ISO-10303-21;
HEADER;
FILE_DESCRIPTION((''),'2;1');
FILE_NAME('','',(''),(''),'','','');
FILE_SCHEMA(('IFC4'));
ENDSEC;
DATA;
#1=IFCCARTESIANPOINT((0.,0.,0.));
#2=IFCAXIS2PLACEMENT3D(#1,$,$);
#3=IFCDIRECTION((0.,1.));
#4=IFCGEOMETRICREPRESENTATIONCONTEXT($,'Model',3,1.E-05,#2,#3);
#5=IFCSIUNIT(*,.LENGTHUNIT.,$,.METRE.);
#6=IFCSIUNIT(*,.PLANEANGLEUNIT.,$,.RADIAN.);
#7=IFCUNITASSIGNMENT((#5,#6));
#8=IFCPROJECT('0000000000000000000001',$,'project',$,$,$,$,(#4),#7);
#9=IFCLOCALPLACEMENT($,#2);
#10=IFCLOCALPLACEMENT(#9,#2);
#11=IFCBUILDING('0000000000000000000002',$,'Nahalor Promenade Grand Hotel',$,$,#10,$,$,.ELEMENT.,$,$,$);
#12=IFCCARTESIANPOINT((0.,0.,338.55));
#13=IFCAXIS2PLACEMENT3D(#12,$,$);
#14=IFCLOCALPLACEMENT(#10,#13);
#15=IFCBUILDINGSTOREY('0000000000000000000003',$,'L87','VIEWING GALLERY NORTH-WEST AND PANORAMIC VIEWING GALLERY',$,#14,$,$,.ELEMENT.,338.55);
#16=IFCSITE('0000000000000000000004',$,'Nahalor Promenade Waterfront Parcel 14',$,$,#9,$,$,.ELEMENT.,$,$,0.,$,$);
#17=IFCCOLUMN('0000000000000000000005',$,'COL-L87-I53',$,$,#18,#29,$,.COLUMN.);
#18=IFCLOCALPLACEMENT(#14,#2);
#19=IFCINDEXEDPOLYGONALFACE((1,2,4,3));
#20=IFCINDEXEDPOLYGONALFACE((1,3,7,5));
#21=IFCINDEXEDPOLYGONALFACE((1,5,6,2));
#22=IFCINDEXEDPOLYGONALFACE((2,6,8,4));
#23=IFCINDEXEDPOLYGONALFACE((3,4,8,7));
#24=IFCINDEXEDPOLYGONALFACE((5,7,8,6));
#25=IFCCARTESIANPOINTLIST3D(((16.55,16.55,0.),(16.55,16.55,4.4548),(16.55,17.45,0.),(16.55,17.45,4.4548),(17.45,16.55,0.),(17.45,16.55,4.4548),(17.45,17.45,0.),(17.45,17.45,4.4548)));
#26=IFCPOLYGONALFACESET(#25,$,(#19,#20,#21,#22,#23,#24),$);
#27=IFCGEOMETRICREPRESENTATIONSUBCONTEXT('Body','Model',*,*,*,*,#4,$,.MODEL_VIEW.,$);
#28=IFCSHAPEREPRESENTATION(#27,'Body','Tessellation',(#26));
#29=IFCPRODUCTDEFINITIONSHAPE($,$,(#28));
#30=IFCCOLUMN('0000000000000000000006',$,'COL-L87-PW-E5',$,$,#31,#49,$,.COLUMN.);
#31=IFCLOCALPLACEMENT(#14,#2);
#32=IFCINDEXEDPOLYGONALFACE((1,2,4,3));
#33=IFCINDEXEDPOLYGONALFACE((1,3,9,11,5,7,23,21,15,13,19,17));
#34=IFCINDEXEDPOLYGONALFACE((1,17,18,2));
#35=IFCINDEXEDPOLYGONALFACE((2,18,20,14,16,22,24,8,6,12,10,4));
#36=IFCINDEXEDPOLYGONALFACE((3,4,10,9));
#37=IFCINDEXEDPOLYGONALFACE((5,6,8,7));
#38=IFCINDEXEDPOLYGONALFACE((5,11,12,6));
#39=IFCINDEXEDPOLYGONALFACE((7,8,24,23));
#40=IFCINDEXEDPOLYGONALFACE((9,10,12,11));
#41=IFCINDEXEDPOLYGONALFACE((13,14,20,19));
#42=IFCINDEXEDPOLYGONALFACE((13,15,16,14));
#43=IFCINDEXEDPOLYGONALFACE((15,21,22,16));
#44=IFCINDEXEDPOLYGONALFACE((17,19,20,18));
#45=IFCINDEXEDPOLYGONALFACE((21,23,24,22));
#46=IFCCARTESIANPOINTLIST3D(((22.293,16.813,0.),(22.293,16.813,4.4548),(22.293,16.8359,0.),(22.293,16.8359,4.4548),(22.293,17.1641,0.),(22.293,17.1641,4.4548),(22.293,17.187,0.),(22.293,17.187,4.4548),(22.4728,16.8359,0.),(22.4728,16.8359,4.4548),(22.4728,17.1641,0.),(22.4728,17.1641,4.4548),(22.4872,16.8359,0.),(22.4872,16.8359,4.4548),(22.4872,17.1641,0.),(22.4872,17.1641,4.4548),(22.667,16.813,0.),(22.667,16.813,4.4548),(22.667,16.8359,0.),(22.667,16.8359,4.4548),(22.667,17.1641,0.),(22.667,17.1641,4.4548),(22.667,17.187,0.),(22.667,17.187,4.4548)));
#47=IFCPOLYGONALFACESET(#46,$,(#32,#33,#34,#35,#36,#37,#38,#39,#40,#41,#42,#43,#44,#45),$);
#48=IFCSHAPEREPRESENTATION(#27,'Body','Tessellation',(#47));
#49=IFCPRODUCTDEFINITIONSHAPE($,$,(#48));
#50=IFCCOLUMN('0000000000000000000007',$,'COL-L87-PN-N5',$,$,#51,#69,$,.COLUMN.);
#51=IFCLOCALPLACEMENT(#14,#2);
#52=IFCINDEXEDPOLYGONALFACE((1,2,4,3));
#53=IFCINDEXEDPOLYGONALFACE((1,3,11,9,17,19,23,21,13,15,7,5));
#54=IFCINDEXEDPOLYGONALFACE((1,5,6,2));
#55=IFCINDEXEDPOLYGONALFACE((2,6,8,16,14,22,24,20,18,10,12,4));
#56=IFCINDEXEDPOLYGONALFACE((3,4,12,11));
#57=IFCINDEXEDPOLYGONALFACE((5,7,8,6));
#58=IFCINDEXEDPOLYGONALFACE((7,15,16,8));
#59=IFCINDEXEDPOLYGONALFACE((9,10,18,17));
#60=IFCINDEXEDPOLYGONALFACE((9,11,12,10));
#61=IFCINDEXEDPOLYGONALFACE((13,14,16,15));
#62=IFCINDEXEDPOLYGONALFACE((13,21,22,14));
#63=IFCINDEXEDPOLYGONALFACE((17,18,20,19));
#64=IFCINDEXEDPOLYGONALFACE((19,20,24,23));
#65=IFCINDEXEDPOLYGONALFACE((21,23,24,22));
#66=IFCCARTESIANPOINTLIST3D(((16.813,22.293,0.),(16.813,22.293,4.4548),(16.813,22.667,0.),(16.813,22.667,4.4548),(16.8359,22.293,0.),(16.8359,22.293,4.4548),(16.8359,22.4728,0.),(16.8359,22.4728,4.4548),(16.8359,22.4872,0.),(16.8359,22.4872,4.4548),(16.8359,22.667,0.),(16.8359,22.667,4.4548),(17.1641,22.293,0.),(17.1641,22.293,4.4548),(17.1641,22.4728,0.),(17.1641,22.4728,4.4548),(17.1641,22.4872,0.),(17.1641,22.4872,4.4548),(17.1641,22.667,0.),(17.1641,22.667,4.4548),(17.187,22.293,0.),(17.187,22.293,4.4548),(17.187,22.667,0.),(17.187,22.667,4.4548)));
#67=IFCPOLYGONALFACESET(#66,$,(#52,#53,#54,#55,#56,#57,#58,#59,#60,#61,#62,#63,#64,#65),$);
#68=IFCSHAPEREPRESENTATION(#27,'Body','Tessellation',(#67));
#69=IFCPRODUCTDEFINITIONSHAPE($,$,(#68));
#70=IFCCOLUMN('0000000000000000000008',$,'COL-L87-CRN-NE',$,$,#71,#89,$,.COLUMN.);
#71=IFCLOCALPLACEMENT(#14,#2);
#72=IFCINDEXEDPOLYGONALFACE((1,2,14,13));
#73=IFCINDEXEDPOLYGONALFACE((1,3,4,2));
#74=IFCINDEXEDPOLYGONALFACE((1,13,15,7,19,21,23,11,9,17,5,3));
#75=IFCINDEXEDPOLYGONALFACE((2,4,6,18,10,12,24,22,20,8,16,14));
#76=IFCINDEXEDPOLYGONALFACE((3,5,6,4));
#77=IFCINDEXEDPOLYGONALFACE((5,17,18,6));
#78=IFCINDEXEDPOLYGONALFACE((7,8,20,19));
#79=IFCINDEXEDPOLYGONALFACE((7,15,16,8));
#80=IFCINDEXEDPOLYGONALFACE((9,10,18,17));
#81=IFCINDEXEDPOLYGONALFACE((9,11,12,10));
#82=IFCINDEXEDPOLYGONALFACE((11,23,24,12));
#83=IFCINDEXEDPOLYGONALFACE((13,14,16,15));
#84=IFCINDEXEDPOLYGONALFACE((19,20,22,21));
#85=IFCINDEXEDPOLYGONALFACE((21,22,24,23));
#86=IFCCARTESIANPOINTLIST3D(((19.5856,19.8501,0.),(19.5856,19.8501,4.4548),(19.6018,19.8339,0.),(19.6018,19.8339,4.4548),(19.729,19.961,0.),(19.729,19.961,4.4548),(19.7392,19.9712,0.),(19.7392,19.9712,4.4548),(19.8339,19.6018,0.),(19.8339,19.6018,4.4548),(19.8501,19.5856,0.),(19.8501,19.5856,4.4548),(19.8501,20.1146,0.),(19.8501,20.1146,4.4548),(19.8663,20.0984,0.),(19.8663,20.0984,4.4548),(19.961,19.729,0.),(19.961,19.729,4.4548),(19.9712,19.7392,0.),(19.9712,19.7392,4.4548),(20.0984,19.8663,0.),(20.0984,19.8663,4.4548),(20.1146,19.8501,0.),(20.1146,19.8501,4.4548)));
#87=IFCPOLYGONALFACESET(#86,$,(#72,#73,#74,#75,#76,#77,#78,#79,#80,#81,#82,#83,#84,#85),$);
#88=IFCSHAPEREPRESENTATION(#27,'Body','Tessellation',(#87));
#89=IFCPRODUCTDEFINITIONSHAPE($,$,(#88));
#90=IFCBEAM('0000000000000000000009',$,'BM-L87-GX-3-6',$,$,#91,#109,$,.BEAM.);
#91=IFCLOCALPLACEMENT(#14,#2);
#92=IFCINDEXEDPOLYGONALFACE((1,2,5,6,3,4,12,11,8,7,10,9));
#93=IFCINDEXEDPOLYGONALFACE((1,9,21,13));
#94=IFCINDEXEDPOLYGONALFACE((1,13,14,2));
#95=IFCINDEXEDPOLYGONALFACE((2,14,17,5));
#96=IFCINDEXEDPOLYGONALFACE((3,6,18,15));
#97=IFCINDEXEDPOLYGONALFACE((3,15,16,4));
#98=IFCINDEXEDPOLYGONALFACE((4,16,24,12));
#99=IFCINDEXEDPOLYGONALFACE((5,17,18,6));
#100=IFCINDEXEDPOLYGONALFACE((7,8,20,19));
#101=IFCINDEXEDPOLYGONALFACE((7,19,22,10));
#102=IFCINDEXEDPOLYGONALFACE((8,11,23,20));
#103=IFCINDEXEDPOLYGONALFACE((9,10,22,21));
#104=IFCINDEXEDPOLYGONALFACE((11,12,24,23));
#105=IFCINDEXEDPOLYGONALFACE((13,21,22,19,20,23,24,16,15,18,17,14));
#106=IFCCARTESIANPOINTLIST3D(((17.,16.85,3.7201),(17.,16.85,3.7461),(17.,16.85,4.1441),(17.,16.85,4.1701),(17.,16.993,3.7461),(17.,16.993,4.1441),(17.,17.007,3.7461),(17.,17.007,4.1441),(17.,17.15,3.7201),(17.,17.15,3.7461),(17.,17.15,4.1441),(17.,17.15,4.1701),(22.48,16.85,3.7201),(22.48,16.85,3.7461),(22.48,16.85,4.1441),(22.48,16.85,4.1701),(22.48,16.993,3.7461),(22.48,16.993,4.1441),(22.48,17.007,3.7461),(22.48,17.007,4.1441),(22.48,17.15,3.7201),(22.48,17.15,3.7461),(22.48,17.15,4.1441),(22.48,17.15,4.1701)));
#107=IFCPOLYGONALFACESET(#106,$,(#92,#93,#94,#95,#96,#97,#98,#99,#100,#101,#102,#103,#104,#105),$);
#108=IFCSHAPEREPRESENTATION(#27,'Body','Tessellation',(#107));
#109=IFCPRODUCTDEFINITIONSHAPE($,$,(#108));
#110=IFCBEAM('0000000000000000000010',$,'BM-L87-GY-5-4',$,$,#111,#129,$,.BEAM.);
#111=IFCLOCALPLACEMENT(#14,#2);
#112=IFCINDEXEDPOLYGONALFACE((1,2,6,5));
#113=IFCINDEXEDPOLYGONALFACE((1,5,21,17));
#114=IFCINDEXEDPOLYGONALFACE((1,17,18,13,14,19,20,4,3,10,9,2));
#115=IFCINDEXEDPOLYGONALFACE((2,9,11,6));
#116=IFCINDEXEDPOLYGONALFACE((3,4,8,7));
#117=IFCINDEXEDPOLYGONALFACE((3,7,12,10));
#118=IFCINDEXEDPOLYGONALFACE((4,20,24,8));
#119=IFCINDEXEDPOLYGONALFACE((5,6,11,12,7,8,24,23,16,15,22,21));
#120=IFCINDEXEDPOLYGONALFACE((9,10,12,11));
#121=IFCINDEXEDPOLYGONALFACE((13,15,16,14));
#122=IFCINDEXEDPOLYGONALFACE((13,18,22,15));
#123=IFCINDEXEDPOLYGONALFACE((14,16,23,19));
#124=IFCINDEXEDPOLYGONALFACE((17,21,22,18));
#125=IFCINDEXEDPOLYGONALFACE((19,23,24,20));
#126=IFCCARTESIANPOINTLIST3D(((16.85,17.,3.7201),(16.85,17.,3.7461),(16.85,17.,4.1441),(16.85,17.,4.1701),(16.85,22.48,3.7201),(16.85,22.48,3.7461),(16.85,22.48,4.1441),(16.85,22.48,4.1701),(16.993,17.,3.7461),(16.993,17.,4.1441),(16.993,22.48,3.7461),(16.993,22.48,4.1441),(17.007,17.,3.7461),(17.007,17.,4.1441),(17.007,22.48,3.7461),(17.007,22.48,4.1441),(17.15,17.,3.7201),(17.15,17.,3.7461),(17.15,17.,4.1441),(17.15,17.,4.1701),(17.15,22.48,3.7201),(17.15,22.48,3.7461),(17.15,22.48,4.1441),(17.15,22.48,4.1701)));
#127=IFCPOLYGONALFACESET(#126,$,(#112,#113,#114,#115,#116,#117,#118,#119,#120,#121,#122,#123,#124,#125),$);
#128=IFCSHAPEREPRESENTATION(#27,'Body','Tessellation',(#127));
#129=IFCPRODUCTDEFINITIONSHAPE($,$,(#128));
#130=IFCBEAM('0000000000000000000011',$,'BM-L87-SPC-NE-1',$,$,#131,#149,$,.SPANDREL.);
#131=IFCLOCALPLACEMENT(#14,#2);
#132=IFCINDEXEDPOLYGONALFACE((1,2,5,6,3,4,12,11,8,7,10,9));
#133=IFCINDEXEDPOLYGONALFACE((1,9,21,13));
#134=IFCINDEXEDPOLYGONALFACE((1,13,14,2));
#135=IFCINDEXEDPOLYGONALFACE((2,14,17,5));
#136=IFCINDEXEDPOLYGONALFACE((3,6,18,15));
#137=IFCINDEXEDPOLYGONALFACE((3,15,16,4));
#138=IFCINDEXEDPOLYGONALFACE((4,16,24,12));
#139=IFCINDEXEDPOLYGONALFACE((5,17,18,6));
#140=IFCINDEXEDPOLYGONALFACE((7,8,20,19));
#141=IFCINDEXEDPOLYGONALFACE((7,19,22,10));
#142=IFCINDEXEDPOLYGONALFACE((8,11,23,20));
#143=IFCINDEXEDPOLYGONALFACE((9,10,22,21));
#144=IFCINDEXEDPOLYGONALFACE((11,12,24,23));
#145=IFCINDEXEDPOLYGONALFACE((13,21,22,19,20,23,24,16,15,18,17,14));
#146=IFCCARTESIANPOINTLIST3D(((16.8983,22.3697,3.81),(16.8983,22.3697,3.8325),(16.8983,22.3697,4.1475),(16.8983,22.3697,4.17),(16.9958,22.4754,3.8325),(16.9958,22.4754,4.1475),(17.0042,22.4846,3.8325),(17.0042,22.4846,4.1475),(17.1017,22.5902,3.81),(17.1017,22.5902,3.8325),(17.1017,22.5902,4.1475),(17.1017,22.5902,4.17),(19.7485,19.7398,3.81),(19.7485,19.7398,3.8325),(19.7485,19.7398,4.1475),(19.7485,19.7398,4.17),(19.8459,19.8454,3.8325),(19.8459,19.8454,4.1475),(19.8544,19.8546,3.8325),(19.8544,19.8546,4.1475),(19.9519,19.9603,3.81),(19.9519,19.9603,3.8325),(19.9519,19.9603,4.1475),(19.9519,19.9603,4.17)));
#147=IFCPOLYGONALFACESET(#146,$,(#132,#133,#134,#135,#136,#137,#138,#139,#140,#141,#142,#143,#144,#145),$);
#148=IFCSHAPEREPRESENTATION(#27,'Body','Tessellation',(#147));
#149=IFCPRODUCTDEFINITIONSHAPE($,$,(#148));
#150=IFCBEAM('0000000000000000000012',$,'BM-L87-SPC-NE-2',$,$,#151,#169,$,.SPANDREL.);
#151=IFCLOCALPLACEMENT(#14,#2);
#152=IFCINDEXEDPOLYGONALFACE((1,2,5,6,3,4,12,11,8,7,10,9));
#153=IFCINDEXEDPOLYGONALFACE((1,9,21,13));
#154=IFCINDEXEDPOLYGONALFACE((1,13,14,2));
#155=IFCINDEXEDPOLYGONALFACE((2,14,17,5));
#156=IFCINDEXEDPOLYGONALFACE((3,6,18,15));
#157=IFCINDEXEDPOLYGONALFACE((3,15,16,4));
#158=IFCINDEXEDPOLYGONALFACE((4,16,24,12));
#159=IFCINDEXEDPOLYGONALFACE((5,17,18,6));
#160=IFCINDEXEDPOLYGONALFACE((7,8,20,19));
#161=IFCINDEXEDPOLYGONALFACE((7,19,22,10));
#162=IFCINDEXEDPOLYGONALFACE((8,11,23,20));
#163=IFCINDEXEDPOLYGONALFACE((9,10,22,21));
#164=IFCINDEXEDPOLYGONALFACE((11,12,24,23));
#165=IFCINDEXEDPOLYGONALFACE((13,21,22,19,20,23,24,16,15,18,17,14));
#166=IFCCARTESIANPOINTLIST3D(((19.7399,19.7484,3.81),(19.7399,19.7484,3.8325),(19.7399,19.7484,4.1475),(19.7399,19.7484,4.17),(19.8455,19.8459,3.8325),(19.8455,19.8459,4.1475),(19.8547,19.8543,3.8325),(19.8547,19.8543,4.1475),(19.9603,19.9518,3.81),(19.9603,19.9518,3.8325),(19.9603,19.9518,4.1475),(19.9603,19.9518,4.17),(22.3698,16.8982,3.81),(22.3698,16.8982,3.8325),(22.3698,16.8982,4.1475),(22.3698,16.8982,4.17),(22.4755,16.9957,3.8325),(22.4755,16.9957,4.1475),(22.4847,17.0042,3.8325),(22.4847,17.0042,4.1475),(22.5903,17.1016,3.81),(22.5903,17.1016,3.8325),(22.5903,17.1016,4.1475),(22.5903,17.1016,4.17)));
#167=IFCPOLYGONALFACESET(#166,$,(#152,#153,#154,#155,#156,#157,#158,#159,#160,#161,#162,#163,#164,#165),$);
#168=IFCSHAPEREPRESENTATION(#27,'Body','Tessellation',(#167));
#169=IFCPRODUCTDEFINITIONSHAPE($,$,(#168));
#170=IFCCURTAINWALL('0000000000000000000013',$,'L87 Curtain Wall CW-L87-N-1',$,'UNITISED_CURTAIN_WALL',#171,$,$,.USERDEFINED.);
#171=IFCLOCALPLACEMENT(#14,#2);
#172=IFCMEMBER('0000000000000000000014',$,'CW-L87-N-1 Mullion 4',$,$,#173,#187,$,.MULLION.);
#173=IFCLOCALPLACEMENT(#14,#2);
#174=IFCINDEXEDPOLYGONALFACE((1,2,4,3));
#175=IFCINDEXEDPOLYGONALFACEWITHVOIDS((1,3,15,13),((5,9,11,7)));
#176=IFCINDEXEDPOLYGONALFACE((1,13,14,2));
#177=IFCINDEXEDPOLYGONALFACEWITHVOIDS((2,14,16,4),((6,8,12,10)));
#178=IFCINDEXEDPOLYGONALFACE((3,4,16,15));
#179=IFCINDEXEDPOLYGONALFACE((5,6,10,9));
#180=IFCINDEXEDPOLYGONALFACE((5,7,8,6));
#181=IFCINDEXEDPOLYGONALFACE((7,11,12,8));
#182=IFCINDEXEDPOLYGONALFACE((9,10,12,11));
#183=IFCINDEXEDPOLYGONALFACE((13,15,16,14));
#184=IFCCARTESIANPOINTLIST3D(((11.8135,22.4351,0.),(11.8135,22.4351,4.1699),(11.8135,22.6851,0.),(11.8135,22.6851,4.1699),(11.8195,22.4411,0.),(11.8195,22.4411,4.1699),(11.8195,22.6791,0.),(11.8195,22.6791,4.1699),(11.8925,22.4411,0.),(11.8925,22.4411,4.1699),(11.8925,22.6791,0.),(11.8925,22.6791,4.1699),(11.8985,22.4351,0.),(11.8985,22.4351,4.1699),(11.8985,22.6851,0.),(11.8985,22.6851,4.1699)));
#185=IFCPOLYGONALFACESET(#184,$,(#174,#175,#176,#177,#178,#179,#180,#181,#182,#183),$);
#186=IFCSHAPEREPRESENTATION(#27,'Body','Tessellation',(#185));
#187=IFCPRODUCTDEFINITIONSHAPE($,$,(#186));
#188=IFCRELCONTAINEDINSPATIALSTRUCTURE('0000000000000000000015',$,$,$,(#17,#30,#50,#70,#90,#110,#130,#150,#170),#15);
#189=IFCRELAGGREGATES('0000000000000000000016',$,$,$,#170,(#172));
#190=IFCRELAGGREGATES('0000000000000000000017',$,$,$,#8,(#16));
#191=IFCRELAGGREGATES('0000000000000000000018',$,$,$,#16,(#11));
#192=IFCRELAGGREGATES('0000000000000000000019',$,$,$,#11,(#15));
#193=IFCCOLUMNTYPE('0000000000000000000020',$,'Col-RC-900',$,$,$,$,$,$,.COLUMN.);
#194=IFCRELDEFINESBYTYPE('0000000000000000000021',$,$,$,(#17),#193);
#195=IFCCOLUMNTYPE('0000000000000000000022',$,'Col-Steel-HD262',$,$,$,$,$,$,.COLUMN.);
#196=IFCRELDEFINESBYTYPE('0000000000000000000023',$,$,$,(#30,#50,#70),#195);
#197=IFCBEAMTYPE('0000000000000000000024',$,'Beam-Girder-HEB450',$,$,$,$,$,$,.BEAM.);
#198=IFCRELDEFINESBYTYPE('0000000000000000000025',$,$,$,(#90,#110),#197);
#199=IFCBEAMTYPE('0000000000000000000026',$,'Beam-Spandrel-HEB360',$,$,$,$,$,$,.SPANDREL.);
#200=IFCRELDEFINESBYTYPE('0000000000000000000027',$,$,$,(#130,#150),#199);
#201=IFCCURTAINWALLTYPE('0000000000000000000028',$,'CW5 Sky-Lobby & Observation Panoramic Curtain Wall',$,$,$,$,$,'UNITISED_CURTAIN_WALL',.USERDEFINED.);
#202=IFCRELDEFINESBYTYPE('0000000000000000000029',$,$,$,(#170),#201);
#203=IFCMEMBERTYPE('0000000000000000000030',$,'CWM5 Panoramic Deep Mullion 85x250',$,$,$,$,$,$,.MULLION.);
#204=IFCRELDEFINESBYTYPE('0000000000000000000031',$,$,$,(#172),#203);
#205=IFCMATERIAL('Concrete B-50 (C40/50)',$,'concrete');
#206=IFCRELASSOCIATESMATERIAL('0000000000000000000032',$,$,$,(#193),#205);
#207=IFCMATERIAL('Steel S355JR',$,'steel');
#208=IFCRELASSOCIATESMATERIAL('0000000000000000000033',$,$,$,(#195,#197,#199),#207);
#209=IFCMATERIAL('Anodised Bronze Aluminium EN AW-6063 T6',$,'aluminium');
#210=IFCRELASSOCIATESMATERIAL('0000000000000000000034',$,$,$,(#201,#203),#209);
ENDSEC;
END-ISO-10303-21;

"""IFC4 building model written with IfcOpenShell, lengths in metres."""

from ifc_helpers import new_model, si_unit, direction, frame, origin, origin_2d, place, context, subcontext, project, spatial, rectangle, hollow_rectangle, i_section, extrude, source, transform, mapped, material, material_profile, profile_set, type_object, element, aggregate, save


model = new_model("IFC4")

# Units and contexts
model_context = context("Model", 3, precision=1e-05, world=origin(), true_north=direction((0.0, 1.0)))
body_context = subcontext(model_context, "Body", "Model", "MODEL_VIEW")
ifc_project = project(units=[si_unit("LENGTHUNIT", "METRE"), si_unit("PLANEANGLEUNIT", "RADIAN")], contexts=[model_context])

# Site, building, storey
site_placement = place(None, origin())
site = spatial("IfcSite", under=ifc_project, at=site_placement, Name="Nahalor Promenade Waterfront Parcel 14", CompositionType="ELEMENT", RefElevation=0.0)
building_placement = place(site_placement, origin())
building = spatial("IfcBuilding", under=site, at=building_placement, Name="Nahalor Promenade Grand Hotel", CompositionType="ELEMENT")
storey_placement = place(building_placement, frame((0.0, 0.0, 338.55)))
storey = spatial("IfcBuildingStorey", under=building, at=storey_placement, Name="L87", Description="VIEWING GALLERY NORTH-WEST AND PANORAMIC VIEWING GALLERY", CompositionType="ELEMENT", Elevation=338.55)

# Columns
ifc_material_1 = material(Name="Concrete B-50 (C40/50)", Category="concrete")
ifc_material_profile_1 = material_profile(ifc_material_1, rectangle(XDim=0.9, YDim=0.9, at=origin_2d()), Name="RC 900x900")
ifc_profile_set_1 = profile_set([ifc_material_profile_1], Name="Concrete B-50 (C40/50)")
column_type_1 = type_object("IfcColumnType", Name="Col-RC-900", PredefinedType="COLUMN", material=ifc_profile_set_1)
shared_shape_1 = source(origin(), body_context, "Body", "SweptSolid", [
    extrude(rectangle(XDim=0.9, YDim=0.9, at=origin_2d()), origin(), (0.0, 0.0, 1.0), 4.4548),
])
column_placement = place(storey_placement, frame((17.0, 17.0, 0.0), z_axis=(0.0, 0.0, 1.0), x_axis=(1.0, 0.0, 0.0)))
element("IfcColumn", 1, at=column_placement, inside=storey, type_object=column_type_1, Name="COL-L87-I53", PredefinedType="COLUMN", context=body_context, shape_type="MappedRepresentation", body=[
    mapped(shared_shape_1, transform((0.0, 0.0, 0.0), scale=1.0)),
])
ifc_material_2 = material(Name="Steel S355JR", Category="steel")
ifc_material_profile_2 = material_profile(ifc_material_2, i_section(OverallWidth=0.374, OverallDepth=0.374, WebThickness=0.0144, FlangeThickness=0.0229, at=origin_2d()), Name="HD 360x262")
ifc_profile_set_2 = profile_set([ifc_material_profile_2], Name="Steel S355JR")
column_type_2 = type_object("IfcColumnType", Name="Col-Steel-HD262", PredefinedType="COLUMN", material=ifc_profile_set_2)
shared_shape_2 = source(origin(), body_context, "Body", "SweptSolid", [
    extrude(i_section(OverallWidth=0.374, OverallDepth=0.374, WebThickness=0.0144, FlangeThickness=0.0229, at=origin_2d()), origin(), (0.0, 0.0, 1.0), 4.4548),
])
for number, where, z_axis, x_axis, name in (
    (2, (22.48, 17.0, 0.0), (0.0, 0.0, 1.0), (1.0, 0.0, 0.0), "COL-L87-PW-E5"),
    (3, (17.0, 22.48, 0.0), (0.0, 0.0, 1.0), (0.0, 1.0, 0.0), "COL-L87-PN-N5"),
    (4, (19.8501, 19.8501, 0.0), (0.0, 0.0, 1.0), (0.707107, 0.707107, 0.0), "COL-L87-CRN-NE"),
):
    element("IfcColumn", number, at=place(storey_placement, frame(where, z_axis=z_axis, x_axis=x_axis)), inside=storey, type_object=column_type_2, Name=name, PredefinedType="COLUMN", context=body_context, shape_type="MappedRepresentation", body=[
        mapped(shared_shape_2, transform((0.0, 0.0, 0.0), scale=1.0)),
    ])

# Beams
ifc_material_profile_3 = material_profile(ifc_material_2, i_section(OverallWidth=0.3, OverallDepth=0.45, WebThickness=0.014, FlangeThickness=0.026, at=origin_2d()), Name="HEB 450")
ifc_profile_set_3 = profile_set([ifc_material_profile_3], Name="Steel S355JR")
beam_type_1 = type_object("IfcBeamType", Name="Beam-Girder-HEB450", PredefinedType="BEAM", material=ifc_profile_set_3)
shared_shape_3 = source(origin(), body_context, "Body", "SweptSolid", [
    extrude(i_section(OverallWidth=0.3, OverallDepth=0.45, WebThickness=0.014, FlangeThickness=0.026, at=origin_2d()), origin(), (0.0, 0.0, 1.0), 5.48),
])
for number, where, z_axis, x_axis, name in (
    (5, (17.0, 17.0, 3.9451), (1.0, 0.0, 0.0), (0.0, 1.0, 0.0), "BM-L87-GX-3-6"),
    (6, (17.0, 17.0, 3.9451), (0.0, 1.0, 0.0), (-1.0, 0.0, 0.0), "BM-L87-GY-5-4"),
):
    element("IfcBeam", number, at=place(storey_placement, frame(where, z_axis=z_axis, x_axis=x_axis)), inside=storey, type_object=beam_type_1, Name=name, PredefinedType="BEAM", context=body_context, shape_type="MappedRepresentation", body=[
        mapped(shared_shape_3, transform((0.0, 0.0, 0.0), scale=1.0)),
    ])
ifc_material_profile_4 = material_profile(ifc_material_2, i_section(OverallWidth=0.3, OverallDepth=0.36, WebThickness=0.0125, FlangeThickness=0.0225, at=origin_2d()), Name="HEB 360")
ifc_profile_set_4 = profile_set([ifc_material_profile_4], Name="Steel S355JR")
beam_type_2 = type_object("IfcBeamType", Name="Beam-Spandrel-HEB360", PredefinedType="SPANDREL", material=ifc_profile_set_4)
shared_shape_4 = source(origin(), body_context, "Body", "SweptSolid", [
    extrude(i_section(OverallWidth=0.3, OverallDepth=0.36, WebThickness=0.0125, FlangeThickness=0.0225, at=origin_2d()), origin(), (0.0, 0.0, 1.0), 3.8782),
])
for number, where, z_axis, x_axis, name in (
    (7, (17.0, 22.48, 3.99), (0.734929, -0.678144, 0.0), (0.678144, 0.734929, 0.0), "BM-L87-SPC-NE-1"),
    (8, (19.8501, 19.8501, 3.99), (0.678144, -0.734929, 0.0), (0.734929, 0.678144, 0.0), "BM-L87-SPC-NE-2"),
):
    element("IfcBeam", number, at=place(storey_placement, frame(where, z_axis=z_axis, x_axis=x_axis)), inside=storey, type_object=beam_type_2, Name=name, PredefinedType="SPANDREL", context=body_context, shape_type="MappedRepresentation", body=[
        mapped(shared_shape_4, transform((0.0, 0.0, 0.0), scale=1.0)),
    ])

# Curtain wall, member
ifc_material_3 = material(Name="Anodised Bronze Aluminium EN AW-6063 T6", Category="aluminium")
curtain_wall_type = type_object("IfcCurtainWallType", Name="CW5 Sky-Lobby & Observation Panoramic Curtain Wall", ElementType="UNITISED_CURTAIN_WALL", PredefinedType="USERDEFINED", material=ifc_material_3)
curtain_wall_1_placement = place(storey_placement, origin())
curtain_wall_1 = element("IfcCurtainWall", 9, at=curtain_wall_1_placement, inside=storey, type_object=curtain_wall_type, Name="L87 Curtain Wall CW-L87-N-1", ObjectType="UNITISED_CURTAIN_WALL", PredefinedType="USERDEFINED")
ifc_material_profile_5 = material_profile(ifc_material_3, hollow_rectangle(XDim=0.085, YDim=0.25, WallThickness=0.006, at=origin_2d()), Name="CWM 85x250x6")
ifc_profile_set_5 = profile_set([ifc_material_profile_5], Name="Anodised Bronze Aluminium EN AW-6063 T6")
member_type_1 = type_object("IfcMemberType", Name="CWM5 Panoramic Deep Mullion 85x250", PredefinedType="MULLION", material=ifc_profile_set_5)
shared_shape_5 = source(origin(), body_context, "Body", "SweptSolid", [
    extrude(hollow_rectangle(XDim=0.085, YDim=0.25, WallThickness=0.006, at=origin_2d()), origin(), (0.0, 0.0, 1.0), 4.1699),
])
member_1_placement = place(storey_placement, frame((11.856, 22.5601, 0.0), z_axis=(0.0, 0.0, 1.0), x_axis=(1.0, 0.0, 0.0)))
member_1 = element("IfcMember", 10, at=member_1_placement, type_object=member_type_1, Name="CW-L87-N-1 Mullion 4", PredefinedType="MULLION", context=body_context, shape_type="MappedRepresentation", body=[
    mapped(shared_shape_5, transform((0.0, 0.0, 0.0), scale=1.0)),
])

aggregate(curtain_wall_1, [member_1])

save(model, "model.ifc")
